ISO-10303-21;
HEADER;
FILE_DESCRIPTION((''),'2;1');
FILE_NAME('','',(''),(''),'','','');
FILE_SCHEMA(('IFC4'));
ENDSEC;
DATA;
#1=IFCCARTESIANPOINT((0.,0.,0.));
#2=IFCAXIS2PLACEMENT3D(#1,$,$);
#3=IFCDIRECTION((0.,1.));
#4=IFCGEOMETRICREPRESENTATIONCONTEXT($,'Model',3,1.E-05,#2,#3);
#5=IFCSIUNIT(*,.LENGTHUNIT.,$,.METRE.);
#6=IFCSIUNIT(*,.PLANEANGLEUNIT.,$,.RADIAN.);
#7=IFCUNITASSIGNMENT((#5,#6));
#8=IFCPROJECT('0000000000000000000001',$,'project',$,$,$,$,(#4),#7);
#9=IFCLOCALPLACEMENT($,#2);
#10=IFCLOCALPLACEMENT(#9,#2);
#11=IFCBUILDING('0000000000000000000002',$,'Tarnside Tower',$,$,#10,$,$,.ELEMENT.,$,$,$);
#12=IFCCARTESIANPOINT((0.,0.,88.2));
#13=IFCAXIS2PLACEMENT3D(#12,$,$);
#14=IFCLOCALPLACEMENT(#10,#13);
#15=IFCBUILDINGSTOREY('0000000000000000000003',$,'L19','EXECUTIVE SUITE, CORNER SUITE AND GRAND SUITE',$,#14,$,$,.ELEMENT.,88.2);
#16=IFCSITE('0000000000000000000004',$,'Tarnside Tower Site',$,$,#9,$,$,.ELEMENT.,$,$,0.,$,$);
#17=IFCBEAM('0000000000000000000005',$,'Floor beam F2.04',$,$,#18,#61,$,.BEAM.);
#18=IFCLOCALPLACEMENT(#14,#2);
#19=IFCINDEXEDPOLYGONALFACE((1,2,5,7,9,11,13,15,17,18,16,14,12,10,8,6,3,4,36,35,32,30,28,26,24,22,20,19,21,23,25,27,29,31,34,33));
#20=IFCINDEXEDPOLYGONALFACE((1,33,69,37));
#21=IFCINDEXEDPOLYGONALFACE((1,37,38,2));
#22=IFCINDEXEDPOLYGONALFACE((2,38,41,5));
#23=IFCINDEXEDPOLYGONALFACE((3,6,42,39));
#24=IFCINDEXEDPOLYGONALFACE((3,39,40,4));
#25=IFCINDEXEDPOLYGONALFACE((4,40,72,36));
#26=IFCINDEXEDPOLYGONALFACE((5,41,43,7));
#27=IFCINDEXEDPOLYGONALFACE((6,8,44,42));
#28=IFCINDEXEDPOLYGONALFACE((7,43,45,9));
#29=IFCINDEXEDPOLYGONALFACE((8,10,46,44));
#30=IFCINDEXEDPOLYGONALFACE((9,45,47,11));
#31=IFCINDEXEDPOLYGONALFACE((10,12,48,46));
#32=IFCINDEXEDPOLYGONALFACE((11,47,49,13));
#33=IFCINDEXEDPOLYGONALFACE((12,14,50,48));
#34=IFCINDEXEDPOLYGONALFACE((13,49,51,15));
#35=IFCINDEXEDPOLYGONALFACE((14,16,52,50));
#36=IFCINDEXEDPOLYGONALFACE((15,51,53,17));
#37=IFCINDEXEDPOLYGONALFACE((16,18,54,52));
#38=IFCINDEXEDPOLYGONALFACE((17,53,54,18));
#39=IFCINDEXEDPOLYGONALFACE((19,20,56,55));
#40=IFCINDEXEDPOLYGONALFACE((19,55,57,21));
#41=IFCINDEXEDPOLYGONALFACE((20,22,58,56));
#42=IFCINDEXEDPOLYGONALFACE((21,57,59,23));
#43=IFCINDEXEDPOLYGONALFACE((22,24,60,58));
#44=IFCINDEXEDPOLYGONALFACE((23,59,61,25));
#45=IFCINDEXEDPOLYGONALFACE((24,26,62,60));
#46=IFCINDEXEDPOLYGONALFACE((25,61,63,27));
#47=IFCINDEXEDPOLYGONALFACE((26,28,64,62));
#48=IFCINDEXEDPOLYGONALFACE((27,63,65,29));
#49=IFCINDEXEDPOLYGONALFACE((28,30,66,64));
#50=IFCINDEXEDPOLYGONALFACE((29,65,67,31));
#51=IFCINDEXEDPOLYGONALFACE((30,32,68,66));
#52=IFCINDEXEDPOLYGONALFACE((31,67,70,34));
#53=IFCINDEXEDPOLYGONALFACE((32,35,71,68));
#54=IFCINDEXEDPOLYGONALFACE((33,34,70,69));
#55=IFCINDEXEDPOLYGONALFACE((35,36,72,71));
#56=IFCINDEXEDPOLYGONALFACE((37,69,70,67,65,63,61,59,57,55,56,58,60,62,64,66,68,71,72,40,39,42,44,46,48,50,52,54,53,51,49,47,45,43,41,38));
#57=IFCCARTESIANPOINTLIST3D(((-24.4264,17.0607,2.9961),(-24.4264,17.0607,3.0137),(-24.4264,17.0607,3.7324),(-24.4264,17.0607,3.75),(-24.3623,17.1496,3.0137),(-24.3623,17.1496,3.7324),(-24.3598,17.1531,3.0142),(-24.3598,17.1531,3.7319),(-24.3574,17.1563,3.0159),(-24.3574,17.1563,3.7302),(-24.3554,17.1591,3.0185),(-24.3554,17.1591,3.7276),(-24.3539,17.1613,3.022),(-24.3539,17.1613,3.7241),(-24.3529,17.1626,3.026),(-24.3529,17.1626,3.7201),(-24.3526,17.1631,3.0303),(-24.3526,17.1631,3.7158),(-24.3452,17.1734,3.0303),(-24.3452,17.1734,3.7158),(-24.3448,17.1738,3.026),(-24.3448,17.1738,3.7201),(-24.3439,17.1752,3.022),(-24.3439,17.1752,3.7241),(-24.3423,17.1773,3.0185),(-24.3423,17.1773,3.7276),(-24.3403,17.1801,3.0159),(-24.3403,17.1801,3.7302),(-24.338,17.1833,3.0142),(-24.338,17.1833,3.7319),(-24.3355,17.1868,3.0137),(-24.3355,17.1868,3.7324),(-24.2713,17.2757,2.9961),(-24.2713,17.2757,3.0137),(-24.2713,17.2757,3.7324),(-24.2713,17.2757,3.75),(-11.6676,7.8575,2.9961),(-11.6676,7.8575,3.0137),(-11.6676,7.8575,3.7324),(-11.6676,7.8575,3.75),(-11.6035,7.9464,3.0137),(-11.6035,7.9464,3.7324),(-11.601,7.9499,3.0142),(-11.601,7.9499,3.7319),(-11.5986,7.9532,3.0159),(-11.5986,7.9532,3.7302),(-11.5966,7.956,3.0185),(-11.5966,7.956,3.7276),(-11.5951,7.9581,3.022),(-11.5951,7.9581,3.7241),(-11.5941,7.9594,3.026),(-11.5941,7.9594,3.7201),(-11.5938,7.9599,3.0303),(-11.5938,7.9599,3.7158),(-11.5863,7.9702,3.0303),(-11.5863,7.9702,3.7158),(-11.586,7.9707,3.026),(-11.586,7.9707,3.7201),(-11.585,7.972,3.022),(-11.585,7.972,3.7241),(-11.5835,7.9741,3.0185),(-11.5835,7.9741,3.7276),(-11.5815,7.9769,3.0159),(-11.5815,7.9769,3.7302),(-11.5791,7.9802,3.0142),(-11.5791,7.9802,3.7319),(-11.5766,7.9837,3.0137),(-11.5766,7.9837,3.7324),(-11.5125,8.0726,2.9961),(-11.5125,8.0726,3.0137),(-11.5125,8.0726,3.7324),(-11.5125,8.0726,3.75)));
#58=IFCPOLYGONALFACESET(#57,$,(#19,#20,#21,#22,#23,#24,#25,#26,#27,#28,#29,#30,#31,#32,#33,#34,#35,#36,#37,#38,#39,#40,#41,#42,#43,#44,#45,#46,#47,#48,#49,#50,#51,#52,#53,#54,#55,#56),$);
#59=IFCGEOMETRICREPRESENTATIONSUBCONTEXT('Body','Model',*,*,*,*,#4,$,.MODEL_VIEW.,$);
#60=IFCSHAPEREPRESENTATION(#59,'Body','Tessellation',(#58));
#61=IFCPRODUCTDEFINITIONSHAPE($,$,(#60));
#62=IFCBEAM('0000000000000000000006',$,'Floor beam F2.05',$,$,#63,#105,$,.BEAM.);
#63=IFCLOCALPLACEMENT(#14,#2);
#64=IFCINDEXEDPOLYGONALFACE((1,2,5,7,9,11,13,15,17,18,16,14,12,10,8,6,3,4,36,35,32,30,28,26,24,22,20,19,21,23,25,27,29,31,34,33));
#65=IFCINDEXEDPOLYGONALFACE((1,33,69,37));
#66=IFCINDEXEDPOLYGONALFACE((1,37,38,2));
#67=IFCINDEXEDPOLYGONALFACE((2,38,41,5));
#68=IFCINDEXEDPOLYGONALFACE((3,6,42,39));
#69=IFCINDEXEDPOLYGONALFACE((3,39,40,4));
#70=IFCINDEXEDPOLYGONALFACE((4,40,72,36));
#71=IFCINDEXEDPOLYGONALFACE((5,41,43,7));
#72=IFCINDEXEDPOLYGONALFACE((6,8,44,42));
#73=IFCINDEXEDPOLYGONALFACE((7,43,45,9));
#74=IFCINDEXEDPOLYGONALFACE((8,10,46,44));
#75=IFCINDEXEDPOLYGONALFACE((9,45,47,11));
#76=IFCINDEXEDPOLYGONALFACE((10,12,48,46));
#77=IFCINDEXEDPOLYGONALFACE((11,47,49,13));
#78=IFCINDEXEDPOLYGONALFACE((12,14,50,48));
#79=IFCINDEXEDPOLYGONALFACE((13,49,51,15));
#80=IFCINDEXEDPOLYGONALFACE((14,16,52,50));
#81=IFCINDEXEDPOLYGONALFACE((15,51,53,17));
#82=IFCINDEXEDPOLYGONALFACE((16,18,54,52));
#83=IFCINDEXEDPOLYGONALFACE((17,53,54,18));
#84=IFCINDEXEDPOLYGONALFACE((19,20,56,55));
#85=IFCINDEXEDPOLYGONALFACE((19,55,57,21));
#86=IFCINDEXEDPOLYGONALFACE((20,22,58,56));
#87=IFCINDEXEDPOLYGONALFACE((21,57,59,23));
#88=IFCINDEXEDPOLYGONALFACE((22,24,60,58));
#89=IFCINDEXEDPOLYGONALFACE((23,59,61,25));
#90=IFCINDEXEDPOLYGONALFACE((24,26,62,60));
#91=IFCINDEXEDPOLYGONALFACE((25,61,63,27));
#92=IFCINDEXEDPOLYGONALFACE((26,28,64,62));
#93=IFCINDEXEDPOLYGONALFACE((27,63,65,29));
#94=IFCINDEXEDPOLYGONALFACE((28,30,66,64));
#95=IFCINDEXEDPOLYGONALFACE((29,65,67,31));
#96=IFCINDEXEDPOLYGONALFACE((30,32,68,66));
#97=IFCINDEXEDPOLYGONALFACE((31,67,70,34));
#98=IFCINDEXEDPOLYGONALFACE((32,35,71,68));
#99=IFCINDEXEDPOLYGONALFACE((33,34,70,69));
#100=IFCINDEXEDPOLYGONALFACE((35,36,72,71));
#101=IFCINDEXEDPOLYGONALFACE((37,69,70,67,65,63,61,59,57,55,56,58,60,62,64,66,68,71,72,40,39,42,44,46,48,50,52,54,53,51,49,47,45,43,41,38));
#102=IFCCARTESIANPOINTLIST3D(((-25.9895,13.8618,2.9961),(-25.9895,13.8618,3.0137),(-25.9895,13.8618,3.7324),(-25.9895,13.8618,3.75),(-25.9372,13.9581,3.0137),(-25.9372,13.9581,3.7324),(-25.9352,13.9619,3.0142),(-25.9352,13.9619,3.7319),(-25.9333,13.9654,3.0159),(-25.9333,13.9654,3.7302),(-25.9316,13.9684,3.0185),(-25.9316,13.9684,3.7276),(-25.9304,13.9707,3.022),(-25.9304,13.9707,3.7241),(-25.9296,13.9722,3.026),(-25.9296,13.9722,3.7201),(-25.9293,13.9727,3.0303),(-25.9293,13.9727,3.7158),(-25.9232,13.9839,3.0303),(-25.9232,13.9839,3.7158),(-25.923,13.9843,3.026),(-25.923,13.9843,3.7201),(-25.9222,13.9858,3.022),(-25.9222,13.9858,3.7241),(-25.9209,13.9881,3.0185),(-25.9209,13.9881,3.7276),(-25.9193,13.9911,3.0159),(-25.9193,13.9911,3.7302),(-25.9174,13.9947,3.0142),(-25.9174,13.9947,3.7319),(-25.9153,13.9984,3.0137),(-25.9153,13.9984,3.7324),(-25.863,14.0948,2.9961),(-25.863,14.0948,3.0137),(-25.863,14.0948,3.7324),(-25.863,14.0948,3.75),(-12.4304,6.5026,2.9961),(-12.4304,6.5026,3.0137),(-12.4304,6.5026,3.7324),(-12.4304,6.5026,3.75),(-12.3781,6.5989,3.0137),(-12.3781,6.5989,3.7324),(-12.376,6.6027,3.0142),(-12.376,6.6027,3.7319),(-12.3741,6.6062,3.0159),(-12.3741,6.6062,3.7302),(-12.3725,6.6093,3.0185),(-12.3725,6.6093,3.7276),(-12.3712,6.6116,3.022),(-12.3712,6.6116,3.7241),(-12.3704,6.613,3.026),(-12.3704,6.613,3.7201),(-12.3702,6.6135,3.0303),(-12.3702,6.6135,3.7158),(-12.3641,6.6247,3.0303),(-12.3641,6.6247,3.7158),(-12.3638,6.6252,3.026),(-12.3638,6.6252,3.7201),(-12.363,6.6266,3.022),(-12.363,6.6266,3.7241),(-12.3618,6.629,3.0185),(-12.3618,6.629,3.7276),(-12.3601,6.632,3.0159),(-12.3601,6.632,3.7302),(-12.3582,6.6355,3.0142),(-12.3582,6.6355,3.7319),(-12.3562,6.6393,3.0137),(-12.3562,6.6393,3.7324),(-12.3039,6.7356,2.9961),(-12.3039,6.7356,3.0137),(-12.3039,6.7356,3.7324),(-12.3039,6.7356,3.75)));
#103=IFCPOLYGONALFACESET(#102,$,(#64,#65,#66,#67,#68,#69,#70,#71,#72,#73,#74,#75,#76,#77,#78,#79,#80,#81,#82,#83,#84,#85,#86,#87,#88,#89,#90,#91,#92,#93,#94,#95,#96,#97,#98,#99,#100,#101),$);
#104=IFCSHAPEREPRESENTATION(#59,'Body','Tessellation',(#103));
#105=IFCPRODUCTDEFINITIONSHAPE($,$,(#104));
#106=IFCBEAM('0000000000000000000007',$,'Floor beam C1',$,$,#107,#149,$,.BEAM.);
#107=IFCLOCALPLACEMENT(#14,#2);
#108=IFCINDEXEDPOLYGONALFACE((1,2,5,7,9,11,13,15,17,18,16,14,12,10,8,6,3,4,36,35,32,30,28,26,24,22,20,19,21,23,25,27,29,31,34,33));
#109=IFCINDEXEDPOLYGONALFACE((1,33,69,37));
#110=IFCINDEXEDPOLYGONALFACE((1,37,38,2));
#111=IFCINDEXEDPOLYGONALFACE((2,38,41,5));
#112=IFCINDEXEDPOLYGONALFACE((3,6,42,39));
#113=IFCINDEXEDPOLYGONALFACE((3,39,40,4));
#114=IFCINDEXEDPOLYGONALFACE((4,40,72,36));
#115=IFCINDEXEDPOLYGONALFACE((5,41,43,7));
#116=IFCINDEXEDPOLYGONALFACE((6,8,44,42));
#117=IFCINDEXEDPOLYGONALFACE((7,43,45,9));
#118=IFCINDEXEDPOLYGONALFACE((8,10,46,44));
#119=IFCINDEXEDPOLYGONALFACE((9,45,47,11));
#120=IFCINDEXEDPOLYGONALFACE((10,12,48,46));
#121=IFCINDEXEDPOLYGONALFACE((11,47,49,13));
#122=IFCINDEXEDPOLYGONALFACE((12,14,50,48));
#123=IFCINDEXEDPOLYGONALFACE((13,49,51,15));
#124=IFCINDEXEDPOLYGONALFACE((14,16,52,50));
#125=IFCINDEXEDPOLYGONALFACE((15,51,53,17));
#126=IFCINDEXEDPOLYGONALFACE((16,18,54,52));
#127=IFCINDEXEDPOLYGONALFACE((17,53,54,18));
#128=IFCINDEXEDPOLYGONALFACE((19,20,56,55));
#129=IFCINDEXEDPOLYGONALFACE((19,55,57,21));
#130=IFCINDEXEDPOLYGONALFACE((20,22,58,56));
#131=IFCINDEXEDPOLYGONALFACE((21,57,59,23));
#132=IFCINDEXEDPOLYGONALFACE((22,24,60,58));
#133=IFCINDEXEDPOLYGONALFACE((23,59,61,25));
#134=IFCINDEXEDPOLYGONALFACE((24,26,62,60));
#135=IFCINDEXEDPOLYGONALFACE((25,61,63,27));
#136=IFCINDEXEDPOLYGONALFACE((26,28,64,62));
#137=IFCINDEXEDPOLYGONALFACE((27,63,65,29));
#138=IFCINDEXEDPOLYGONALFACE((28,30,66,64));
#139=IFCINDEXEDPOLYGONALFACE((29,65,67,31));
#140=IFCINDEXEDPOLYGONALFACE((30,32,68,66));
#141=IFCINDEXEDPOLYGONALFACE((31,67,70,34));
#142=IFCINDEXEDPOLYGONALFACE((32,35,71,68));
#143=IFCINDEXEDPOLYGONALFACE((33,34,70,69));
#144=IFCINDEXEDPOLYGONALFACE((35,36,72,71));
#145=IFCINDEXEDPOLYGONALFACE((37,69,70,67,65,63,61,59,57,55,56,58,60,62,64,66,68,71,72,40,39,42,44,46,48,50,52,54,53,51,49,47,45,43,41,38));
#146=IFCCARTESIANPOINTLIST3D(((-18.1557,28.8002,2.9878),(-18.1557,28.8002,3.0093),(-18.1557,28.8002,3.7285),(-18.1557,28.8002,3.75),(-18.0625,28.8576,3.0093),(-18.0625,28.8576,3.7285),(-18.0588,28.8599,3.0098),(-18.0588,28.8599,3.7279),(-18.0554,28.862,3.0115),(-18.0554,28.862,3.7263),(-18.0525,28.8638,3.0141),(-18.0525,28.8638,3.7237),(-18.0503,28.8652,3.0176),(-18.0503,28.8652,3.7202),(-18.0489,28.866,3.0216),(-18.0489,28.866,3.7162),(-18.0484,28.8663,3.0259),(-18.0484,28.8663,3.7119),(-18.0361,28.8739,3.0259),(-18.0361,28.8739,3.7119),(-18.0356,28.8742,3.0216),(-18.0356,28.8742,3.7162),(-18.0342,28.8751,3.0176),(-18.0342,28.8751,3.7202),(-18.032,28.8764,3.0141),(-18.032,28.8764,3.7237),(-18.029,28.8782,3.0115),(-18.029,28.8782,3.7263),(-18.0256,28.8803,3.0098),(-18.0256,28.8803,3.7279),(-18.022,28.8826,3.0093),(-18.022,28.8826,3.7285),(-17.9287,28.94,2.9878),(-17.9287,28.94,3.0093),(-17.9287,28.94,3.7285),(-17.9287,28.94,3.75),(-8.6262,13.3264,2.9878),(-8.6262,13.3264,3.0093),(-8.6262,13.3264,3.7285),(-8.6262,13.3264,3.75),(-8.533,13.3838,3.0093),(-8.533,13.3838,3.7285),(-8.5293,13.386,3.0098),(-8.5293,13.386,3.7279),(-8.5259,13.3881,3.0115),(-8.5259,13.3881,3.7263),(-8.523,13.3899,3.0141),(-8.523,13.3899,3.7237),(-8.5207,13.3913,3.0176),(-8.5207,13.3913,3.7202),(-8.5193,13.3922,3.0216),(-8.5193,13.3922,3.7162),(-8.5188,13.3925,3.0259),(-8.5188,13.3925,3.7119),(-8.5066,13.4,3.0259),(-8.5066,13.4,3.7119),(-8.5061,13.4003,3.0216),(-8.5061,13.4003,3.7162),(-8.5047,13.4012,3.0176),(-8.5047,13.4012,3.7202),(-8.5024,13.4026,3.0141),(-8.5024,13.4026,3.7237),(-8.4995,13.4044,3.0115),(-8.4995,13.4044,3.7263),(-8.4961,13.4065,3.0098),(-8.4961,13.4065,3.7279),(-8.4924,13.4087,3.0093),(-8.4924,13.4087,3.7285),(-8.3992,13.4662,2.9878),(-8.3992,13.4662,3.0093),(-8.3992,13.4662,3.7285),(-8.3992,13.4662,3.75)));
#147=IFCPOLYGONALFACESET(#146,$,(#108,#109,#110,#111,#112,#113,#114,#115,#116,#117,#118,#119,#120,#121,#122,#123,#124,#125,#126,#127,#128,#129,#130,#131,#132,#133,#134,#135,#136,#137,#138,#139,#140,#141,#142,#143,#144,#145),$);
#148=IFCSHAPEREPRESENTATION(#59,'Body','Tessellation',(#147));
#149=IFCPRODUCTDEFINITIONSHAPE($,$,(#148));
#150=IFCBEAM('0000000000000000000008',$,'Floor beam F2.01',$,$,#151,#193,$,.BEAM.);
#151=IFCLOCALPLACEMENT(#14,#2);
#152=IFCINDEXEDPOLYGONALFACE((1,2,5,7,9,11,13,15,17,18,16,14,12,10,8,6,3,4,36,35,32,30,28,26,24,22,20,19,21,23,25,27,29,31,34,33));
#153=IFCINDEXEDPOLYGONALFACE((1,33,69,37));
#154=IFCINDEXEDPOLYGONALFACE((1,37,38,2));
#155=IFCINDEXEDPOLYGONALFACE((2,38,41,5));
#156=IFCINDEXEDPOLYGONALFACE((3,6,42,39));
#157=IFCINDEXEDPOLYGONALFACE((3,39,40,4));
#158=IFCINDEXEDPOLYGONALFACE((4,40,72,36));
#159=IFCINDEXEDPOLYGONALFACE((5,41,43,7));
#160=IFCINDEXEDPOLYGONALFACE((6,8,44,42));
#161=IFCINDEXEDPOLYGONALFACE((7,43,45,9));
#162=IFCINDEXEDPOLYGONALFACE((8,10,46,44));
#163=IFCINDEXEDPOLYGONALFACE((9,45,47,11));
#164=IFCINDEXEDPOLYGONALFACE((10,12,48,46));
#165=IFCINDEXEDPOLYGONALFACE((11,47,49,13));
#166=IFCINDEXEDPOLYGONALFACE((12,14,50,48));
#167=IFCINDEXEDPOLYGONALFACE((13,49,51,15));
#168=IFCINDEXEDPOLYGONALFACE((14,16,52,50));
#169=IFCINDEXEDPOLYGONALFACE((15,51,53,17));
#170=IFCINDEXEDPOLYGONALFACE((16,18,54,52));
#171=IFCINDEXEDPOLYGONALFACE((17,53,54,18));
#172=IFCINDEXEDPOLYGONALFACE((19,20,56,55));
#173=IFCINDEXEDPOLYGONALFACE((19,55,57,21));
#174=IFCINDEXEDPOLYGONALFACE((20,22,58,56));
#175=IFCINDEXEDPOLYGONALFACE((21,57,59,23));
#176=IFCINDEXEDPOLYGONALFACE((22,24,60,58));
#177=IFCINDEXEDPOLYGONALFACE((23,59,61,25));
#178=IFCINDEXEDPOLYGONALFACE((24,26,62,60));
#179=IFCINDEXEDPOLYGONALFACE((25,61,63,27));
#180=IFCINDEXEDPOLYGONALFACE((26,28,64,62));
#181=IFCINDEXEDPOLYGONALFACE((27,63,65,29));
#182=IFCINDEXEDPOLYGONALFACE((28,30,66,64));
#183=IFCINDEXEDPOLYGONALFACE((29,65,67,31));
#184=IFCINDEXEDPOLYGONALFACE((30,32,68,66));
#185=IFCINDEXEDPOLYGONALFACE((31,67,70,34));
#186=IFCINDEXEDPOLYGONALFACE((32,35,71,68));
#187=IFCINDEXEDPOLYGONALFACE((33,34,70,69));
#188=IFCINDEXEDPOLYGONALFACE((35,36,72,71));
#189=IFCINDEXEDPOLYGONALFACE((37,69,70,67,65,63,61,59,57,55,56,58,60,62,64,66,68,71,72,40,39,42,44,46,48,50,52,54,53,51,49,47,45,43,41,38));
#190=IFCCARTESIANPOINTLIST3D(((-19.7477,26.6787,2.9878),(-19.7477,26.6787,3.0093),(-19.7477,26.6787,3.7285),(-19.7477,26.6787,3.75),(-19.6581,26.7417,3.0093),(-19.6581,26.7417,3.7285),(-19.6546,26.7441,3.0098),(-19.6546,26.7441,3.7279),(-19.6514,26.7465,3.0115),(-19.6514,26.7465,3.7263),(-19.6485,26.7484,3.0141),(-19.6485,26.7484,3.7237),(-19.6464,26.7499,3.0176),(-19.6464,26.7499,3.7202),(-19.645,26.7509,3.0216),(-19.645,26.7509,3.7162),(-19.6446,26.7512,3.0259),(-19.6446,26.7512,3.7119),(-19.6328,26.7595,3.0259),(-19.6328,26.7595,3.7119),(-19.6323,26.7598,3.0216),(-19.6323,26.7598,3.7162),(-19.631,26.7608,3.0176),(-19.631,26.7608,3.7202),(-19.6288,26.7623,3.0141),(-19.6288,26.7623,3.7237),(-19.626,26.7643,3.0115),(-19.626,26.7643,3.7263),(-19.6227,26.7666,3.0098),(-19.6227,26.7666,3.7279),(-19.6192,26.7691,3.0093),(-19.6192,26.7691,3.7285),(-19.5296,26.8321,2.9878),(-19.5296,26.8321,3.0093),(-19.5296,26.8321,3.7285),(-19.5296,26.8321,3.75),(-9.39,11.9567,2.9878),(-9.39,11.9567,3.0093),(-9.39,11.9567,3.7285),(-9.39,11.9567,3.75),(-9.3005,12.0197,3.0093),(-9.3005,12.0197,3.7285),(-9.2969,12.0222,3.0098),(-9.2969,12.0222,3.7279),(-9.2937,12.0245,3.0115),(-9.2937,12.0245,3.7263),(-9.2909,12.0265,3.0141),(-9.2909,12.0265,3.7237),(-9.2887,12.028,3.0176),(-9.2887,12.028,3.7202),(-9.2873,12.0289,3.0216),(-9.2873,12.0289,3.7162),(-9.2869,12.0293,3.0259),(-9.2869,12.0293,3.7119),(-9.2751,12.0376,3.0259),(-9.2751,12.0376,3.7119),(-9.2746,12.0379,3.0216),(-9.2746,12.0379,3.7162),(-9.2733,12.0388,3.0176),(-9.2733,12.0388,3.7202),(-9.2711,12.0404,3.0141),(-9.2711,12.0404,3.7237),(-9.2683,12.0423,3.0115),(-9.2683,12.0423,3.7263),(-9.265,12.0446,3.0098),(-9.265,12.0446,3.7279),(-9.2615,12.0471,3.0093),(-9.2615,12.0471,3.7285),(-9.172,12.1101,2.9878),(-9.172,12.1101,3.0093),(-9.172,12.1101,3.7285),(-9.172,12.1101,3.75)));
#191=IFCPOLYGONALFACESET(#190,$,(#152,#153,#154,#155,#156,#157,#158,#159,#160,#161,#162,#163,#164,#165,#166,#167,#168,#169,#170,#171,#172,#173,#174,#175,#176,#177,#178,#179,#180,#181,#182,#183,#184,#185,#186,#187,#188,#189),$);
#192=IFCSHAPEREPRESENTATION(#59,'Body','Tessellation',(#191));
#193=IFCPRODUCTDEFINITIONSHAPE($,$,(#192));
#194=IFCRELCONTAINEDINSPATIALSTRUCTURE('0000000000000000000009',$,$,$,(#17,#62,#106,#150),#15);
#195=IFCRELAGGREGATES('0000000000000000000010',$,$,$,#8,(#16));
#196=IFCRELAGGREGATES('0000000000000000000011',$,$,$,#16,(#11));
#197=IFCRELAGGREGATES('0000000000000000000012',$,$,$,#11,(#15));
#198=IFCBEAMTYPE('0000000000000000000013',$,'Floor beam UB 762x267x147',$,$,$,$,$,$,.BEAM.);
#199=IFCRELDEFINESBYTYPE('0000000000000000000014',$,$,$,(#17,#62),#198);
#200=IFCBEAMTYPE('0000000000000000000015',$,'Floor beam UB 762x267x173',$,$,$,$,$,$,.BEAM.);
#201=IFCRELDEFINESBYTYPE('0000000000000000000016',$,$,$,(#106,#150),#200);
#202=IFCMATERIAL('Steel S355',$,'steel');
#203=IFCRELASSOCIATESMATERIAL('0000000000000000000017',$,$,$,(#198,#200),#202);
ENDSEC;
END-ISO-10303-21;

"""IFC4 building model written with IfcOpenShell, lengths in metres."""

from ifc_helpers import new_model, si_unit, direction, frame, origin, origin_2d, place, context, subcontext, project, spatial, i_section, extrude, material, material_profile, profile_set, type_object, element, save


model = new_model("IFC4")

# Units and contexts
model_context = context("Model", 3, precision=1e-05, world=origin(), true_north=direction((0.0, 1.0)))
body_context = subcontext(model_context, "Body", "Model", "MODEL_VIEW")
ifc_project = project(units=[si_unit("LENGTHUNIT", "METRE"), si_unit("PLANEANGLEUNIT", "RADIAN")], contexts=[model_context])

# Site, building, storey
site_placement = place(None, origin())
site = spatial("IfcSite", under=ifc_project, at=site_placement, Name="Tarnside Tower Site", CompositionType="ELEMENT", RefElevation=0.0)
building_placement = place(site_placement, origin())
building = spatial("IfcBuilding", under=site, at=building_placement, Name="Tarnside Tower", CompositionType="ELEMENT")
storey_placement = place(building_placement, frame((0.0, 0.0, 88.2)))
storey = spatial("IfcBuildingStorey", under=building, at=storey_placement, Name="L19", Description="EXECUTIVE SUITE, CORNER SUITE AND GRAND SUITE", CompositionType="ELEMENT", Elevation=88.2)

# Beams
ifc_material_1 = material(Name="Steel S355", Category="steel")
ifc_material_profile_1 = material_profile(ifc_material_1, i_section(OverallWidth=0.2651, OverallDepth=0.7539, WebThickness=0.0127, FlangeThickness=0.0176, FilletRadius=0.0166, at=origin_2d()), Name="UB 762x267x147")
ifc_profile_set_1 = profile_set([ifc_material_profile_1], Name="Steel S355")
beam_type_1 = type_object("IfcBeamType", Name="Floor beam UB 762x267x147", PredefinedType="BEAM", material=ifc_profile_set_1)
beam_1_placement = place(storey_placement, frame((-24.3489, 17.1682, 3.373), z_axis=(0.811028, -0.585008, 0.0), x_axis=(0.585008, 0.811028, 0.0)))
element("IfcBeam", 1, at=beam_1_placement, inside=storey, type_object=beam_type_1, Name="Floor beam F2.04", PredefinedType="BEAM", context=body_context, shape_type="SweptSolid", body=[
    extrude(i_section(OverallWidth=0.2651, OverallDepth=0.7539, WebThickness=0.0127, FlangeThickness=0.0176, FilletRadius=0.0166, at=origin_2d()), origin(), (0.0, 0.0, 1.0), 15.7317),
])
beam_2_placement = place(storey_placement, frame((-25.9263, 13.9783, 3.373), z_axis=(0.878895, -0.477016, 0.0), x_axis=(0.477016, 0.878895, 0.0)))
element("IfcBeam", 2, at=beam_2_placement, inside=storey, type_object=beam_type_1, Name="Floor beam F2.05", PredefinedType="BEAM", context=body_context, shape_type="SweptSolid", body=[
    extrude(i_section(OverallWidth=0.2651, OverallDepth=0.7539, WebThickness=0.0127, FlangeThickness=0.0176, FilletRadius=0.0166, at=origin_2d()), origin(), (0.0, 0.0, 1.0), 15.4275),
])
ifc_material_profile_2 = material_profile(ifc_material_1, i_section(OverallWidth=0.2666, OverallDepth=0.7622, WebThickness=0.0144, FlangeThickness=0.0215, FilletRadius=0.0166, at=origin_2d()), Name="UB 762x267x173")
ifc_profile_set_2 = profile_set([ifc_material_profile_2], Name="Steel S355")
beam_type_2 = type_object("IfcBeamType", Name="Floor beam UB 762x267x173", PredefinedType="BEAM", material=ifc_profile_set_2)
beam_3_placement = place(storey_placement, frame((-18.0422, 28.8701, 3.3689), z_axis=(0.524383, -0.851483, 0.0), x_axis=(0.851483, 0.524383, 0.0)))
element("IfcBeam", 3, at=beam_3_placement, inside=storey, type_object=beam_type_2, Name="Floor beam C1", PredefinedType="BEAM", context=body_context, shape_type="SweptSolid", body=[
    extrude(i_section(OverallWidth=0.2666, OverallDepth=0.7622, WebThickness=0.0144, FlangeThickness=0.0215, FilletRadius=0.0166, at=origin_2d()), origin(), (0.0, 0.0, 1.0), 18.1729),
])
beam_4_placement = place(storey_placement, frame((-19.6387, 26.7554, 3.3689), z_axis=(0.575411, -0.817864, 0.0), x_axis=(0.817864, 0.575411, 0.0)))
element("IfcBeam", 4, at=beam_4_placement, inside=storey, type_object=beam_type_2, Name="Floor beam F2.01", PredefinedType="BEAM", context=body_context, shape_type="SweptSolid", body=[
    extrude(i_section(OverallWidth=0.2666, OverallDepth=0.7622, WebThickness=0.0144, FlangeThickness=0.0215, FilletRadius=0.0166, at=origin_2d()), origin(), (0.0, 0.0, 1.0), 18.0005),
])

save(model, "model.ifc")
